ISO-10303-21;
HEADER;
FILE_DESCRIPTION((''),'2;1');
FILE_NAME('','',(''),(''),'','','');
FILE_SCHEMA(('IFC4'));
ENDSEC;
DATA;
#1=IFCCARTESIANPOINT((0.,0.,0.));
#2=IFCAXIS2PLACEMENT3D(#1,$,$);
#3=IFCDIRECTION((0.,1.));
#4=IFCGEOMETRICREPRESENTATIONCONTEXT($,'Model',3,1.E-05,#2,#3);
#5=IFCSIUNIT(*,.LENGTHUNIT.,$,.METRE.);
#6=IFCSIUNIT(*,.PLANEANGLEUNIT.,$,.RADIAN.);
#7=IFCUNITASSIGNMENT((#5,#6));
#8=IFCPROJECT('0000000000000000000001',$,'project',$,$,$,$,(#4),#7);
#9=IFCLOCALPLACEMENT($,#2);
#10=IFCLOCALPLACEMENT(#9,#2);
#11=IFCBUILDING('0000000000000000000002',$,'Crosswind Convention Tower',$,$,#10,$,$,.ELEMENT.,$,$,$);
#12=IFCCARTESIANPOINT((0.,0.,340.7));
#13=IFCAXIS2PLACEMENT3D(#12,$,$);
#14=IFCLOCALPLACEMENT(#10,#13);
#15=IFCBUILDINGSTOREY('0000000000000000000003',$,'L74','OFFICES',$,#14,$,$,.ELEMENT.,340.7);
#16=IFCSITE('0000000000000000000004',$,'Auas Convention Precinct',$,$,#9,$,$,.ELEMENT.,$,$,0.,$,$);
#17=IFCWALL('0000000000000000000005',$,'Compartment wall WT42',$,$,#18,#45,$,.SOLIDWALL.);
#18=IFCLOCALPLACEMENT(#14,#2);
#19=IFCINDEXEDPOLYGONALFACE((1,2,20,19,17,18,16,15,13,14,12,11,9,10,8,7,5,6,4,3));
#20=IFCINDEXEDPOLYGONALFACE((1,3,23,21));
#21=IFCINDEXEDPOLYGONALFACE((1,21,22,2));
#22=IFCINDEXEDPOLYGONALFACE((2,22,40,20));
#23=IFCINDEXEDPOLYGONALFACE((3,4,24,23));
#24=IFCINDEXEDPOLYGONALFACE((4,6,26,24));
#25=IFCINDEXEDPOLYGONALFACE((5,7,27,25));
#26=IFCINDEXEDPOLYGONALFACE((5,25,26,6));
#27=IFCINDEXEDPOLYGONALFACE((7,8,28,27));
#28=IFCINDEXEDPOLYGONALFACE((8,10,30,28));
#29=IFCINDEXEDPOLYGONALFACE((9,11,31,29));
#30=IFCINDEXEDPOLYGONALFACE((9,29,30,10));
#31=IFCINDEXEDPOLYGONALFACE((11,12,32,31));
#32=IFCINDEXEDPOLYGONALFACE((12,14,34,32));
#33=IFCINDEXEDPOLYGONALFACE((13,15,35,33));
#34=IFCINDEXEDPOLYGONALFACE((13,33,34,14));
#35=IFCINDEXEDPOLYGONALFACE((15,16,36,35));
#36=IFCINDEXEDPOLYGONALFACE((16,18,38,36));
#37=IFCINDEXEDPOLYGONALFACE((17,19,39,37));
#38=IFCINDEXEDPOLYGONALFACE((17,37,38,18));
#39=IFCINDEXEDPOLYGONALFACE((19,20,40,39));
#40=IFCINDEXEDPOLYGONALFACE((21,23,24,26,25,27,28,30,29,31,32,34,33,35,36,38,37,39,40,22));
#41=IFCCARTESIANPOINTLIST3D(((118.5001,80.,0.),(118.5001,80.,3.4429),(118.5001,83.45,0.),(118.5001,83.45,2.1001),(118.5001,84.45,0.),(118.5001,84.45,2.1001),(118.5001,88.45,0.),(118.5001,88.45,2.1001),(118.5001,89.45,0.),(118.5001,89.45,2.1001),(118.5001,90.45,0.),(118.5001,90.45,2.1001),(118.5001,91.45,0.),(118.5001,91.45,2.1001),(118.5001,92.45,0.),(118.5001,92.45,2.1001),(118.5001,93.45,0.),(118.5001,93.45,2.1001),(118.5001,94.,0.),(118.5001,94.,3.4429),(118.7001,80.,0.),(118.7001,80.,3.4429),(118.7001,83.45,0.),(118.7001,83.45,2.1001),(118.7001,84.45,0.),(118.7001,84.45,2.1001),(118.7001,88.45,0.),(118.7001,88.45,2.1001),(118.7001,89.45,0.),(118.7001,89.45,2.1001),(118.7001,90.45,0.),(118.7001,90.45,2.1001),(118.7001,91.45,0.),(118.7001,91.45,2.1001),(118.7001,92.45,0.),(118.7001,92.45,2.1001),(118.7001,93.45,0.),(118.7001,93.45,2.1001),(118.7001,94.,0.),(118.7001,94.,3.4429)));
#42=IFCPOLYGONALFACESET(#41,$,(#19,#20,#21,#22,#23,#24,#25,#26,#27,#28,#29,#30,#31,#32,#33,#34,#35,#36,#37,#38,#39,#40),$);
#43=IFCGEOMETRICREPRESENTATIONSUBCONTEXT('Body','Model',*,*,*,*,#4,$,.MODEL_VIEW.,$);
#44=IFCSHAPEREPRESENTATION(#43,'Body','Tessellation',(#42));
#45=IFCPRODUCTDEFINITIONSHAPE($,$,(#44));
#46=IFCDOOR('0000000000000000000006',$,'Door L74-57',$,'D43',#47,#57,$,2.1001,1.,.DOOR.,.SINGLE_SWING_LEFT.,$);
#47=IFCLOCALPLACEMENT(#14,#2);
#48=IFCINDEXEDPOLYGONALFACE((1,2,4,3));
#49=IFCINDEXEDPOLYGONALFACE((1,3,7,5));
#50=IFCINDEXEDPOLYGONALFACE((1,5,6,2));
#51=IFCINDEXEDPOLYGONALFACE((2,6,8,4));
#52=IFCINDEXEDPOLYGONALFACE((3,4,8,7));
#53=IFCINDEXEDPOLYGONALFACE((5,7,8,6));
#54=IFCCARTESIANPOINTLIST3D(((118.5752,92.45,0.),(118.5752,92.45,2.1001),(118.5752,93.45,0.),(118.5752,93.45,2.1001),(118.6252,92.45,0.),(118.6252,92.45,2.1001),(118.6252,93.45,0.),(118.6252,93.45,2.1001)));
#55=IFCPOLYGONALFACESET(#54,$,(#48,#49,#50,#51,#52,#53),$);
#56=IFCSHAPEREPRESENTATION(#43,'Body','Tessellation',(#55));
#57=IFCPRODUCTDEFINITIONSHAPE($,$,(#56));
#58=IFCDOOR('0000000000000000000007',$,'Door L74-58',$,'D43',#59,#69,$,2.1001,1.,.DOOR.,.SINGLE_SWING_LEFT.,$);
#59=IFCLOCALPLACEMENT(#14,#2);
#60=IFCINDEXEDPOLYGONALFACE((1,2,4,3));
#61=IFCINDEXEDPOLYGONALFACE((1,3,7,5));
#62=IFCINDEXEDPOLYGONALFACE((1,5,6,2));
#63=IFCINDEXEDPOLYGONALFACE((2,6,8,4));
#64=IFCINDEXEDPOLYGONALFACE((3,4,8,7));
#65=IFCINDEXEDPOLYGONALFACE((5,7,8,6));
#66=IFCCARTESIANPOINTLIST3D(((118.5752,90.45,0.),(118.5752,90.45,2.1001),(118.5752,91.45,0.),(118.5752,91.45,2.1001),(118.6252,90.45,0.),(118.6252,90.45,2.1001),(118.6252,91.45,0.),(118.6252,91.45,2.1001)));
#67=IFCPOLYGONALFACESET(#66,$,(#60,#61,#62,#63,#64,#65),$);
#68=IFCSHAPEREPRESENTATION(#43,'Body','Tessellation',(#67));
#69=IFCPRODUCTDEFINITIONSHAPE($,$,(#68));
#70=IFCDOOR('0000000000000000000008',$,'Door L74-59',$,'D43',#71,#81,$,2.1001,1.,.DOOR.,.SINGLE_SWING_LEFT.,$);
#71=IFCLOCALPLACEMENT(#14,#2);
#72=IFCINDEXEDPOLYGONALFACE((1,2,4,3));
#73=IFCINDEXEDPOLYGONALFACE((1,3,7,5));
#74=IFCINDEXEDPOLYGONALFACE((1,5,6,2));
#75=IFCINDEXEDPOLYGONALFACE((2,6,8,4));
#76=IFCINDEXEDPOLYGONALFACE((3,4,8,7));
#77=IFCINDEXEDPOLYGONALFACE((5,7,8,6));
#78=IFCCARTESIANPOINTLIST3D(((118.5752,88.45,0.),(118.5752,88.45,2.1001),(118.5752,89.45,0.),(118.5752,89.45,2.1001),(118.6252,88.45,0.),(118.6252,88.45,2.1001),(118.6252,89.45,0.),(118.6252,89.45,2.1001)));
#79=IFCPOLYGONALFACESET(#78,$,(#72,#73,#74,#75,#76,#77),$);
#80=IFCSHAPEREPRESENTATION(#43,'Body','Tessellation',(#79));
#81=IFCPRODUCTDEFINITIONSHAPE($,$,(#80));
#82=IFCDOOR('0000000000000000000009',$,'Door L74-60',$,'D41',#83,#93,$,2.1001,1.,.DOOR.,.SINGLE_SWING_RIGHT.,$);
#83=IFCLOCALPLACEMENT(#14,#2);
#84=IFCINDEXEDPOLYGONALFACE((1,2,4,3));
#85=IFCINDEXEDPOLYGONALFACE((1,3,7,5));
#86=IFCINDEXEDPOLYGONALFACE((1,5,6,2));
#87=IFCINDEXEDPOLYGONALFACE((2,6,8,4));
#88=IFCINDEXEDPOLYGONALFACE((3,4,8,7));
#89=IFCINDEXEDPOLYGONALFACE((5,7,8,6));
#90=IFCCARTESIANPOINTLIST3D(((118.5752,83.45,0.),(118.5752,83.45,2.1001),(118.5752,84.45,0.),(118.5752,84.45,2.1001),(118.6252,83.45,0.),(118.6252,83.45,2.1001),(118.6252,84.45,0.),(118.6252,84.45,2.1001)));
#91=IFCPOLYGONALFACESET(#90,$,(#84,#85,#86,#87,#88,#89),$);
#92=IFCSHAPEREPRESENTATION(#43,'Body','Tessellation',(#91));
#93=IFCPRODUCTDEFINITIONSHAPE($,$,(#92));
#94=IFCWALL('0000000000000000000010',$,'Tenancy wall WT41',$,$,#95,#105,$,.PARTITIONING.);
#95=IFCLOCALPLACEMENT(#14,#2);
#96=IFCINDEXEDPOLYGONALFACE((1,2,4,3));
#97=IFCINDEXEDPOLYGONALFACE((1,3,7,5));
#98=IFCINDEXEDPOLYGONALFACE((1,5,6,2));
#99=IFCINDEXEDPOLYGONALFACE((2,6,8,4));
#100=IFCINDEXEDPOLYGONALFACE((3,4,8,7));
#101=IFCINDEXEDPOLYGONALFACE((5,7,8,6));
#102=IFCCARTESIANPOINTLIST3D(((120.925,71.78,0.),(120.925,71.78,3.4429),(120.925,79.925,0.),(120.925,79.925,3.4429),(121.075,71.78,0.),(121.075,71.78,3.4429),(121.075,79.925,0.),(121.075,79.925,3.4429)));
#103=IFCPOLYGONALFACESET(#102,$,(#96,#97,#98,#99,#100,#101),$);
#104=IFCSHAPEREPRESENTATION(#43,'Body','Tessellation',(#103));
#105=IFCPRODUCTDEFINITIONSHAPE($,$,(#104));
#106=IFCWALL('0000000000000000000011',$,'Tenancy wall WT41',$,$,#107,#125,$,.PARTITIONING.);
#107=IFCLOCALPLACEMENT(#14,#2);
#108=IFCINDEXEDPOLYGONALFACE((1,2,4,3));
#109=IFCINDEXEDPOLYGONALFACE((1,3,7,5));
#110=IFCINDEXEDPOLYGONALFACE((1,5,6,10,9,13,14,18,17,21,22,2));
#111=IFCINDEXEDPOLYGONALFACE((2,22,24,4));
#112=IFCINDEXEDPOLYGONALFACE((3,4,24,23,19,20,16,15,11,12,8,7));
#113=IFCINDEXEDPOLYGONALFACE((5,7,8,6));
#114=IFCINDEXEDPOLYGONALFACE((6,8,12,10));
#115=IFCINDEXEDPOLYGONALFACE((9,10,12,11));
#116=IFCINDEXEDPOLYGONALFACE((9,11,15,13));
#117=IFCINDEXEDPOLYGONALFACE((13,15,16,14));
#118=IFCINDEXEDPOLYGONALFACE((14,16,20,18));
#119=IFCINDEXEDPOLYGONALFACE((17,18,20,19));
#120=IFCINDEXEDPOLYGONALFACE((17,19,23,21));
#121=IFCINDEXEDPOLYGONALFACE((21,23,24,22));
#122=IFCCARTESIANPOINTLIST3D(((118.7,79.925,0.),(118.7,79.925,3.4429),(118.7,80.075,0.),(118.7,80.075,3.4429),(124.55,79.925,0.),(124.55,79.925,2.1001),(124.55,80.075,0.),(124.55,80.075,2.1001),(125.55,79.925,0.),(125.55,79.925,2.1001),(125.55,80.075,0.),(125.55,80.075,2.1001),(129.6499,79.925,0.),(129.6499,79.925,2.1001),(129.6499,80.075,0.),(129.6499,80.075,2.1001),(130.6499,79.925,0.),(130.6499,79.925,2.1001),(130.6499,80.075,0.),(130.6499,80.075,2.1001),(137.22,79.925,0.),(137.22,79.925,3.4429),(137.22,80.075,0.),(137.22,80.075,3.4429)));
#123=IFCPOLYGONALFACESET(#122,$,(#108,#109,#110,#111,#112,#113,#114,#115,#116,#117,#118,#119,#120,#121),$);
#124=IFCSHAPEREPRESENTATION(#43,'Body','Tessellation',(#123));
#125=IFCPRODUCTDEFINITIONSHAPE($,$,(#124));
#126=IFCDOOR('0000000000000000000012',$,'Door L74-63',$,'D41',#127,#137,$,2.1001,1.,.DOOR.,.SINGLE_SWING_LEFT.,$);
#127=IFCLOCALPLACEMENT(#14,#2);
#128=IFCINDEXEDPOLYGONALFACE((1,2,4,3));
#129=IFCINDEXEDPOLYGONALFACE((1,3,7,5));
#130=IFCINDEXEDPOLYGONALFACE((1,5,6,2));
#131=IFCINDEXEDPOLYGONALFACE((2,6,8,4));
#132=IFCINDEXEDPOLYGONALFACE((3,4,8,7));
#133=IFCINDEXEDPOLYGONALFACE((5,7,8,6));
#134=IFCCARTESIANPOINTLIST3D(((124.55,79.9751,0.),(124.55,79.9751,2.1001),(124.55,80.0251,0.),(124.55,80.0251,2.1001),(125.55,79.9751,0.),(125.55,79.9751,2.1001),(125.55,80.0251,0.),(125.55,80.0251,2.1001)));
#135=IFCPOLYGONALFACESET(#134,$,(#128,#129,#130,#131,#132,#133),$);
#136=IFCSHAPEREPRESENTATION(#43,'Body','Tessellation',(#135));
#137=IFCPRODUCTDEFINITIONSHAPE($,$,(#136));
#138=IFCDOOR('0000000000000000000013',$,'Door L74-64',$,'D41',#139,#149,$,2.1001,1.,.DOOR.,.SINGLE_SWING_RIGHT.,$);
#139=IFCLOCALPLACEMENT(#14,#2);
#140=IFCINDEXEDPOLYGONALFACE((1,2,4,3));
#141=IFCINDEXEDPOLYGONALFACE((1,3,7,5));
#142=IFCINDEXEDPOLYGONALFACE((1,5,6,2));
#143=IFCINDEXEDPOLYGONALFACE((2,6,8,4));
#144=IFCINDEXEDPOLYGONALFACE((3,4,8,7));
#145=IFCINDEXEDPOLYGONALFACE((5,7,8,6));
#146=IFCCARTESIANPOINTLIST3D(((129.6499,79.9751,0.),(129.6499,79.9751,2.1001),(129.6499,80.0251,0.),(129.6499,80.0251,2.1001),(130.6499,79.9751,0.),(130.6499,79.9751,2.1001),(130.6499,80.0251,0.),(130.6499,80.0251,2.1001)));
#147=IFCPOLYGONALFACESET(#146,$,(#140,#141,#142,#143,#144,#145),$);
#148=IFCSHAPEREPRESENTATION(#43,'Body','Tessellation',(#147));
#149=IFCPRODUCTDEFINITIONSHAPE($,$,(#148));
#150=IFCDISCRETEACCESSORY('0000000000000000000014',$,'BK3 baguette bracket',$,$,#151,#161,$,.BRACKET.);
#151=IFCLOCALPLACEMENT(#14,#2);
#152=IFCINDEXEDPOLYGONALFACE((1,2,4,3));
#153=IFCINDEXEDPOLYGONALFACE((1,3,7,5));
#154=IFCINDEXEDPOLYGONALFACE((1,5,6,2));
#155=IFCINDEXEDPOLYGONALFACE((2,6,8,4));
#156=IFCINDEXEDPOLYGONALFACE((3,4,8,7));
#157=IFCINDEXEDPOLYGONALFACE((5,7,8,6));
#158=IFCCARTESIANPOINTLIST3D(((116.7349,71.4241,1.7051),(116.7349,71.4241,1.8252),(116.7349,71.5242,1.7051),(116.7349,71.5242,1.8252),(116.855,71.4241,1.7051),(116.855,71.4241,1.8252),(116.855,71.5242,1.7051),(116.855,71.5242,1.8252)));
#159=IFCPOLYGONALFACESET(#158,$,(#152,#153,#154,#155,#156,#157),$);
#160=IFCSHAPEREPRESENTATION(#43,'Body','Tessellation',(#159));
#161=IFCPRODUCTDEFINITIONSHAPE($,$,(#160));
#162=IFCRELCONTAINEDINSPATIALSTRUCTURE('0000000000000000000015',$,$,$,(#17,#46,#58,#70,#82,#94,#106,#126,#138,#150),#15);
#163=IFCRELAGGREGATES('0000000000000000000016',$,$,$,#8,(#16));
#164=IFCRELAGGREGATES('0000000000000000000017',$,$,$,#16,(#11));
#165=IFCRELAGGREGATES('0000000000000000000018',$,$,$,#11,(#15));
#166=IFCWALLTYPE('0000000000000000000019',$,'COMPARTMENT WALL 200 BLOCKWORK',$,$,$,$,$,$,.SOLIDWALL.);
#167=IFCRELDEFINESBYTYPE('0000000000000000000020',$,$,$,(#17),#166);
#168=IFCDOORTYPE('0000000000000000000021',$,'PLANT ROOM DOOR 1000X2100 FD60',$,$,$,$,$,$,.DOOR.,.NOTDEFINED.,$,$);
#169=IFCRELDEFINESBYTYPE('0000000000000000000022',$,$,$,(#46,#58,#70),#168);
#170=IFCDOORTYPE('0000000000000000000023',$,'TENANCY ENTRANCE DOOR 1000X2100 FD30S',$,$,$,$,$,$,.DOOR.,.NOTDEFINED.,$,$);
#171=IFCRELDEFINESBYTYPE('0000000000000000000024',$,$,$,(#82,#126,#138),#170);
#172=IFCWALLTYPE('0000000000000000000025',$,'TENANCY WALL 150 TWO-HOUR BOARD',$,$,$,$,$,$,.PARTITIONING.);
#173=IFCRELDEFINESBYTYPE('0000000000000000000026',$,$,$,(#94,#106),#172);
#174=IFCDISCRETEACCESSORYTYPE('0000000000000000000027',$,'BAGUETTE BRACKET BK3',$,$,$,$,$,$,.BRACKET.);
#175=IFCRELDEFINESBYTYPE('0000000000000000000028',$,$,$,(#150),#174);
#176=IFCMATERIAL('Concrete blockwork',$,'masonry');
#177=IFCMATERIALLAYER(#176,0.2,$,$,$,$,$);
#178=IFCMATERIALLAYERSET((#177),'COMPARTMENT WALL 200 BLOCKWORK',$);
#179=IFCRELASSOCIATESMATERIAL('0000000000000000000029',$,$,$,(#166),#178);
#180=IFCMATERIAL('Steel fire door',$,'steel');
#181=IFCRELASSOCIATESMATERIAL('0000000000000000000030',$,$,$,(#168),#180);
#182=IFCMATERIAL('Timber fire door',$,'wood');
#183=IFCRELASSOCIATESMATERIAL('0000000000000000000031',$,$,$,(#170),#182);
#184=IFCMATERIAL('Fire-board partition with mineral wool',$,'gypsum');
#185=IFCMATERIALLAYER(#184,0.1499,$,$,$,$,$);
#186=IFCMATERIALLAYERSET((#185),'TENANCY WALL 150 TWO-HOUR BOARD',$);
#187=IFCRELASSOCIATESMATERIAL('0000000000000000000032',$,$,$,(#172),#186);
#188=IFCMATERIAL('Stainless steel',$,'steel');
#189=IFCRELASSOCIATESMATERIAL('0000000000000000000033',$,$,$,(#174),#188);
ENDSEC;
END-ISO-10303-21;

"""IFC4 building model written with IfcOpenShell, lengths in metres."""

from ifc_helpers import new_model, si_unit, direction, frame, frame_2d, origin, origin_2d, place, context, subcontext, project, spatial, rectangle, extrude, material, layer, layer_set, type_object, element, fill, save


model = new_model("IFC4")

# Units and contexts
model_context = context("Model", 3, precision=1e-05, world=origin(), true_north=direction((0.0, 1.0)))
body_context = subcontext(model_context, "Body", "Model", "MODEL_VIEW")
ifc_project = project(units=[si_unit("LENGTHUNIT", "METRE"), si_unit("PLANEANGLEUNIT", "RADIAN")], contexts=[model_context])

# Site, building, storey
site_placement = place(None, origin())
site = spatial("IfcSite", under=ifc_project, at=site_placement, Name="Auas Convention Precinct", CompositionType="ELEMENT", RefElevation=0.0)
building_placement = place(site_placement, origin())
building = spatial("IfcBuilding", under=site, at=building_placement, Name="Crosswind Convention Tower", CompositionType="ELEMENT")
storey_placement = place(building_placement, frame((0.0, 0.0, 340.7)))
storey = spatial("IfcBuildingStorey", under=building, at=storey_placement, Name="L74", Description="OFFICES", CompositionType="ELEMENT", Elevation=340.7)

# Wall, openings, doors
ifc_material_1 = material(Name="Concrete blockwork", Category="masonry")
ifc_layer_1 = layer(ifc_material_1, 0.2)
ifc_layer_set_1 = layer_set([ifc_layer_1], Name="COMPARTMENT WALL 200 BLOCKWORK")
wall_type_1 = type_object("IfcWallType", Name="COMPARTMENT WALL 200 BLOCKWORK", PredefinedType="SOLIDWALL", material=ifc_layer_set_1)
wall_1_placement = place(storey_placement, frame((118.6001, 80.0, 0.0), z_axis=(0.0, 0.0, 1.0), x_axis=(0.0, 1.0, 0.0)))
wall_1 = element("IfcWall", 1, at=wall_1_placement, inside=storey, type_object=wall_type_1, Name="Compartment wall WT42", PredefinedType="SOLIDWALL", context=body_context, shape_type="SweptSolid", body=[
    extrude(rectangle(XDim=14.0, YDim=0.2, at=frame_2d((7.0, 0.0))), origin(), (0.0, 0.0, 1.0), 3.4429),
])
opening_1_placement = place(wall_1_placement, frame((12.45, 0.0, 0.0)))
opening_1 = element("IfcOpeningElement", 2, at=opening_1_placement, cuts=wall_1, PredefinedType="OPENING", context=body_context, shape_type="SweptSolid", body=[
    extrude(rectangle(XDim=1.0, YDim=2.1001, at=frame_2d((0.5, 1.05))), frame((0.0, 0.1099, 0.0), z_axis=(0.0, -1.0, 0.0), x_axis=(1.0, 0.0, 0.0)), (0.0, 0.0, 1.0), 0.22),
])
opening_2_placement = place(wall_1_placement, frame((10.45, 0.0, 0.0)))
opening_2 = element("IfcOpeningElement", 3, at=opening_2_placement, cuts=wall_1, PredefinedType="OPENING", context=body_context, shape_type="SweptSolid", body=[
    extrude(rectangle(XDim=1.0, YDim=2.1001, at=frame_2d((0.5, 1.05))), frame((0.0, 0.1099, 0.0), z_axis=(0.0, -1.0, 0.0), x_axis=(1.0, 0.0, 0.0)), (0.0, 0.0, 1.0), 0.22),
])
opening_3_placement = place(wall_1_placement, frame((8.45, 0.0, 0.0)))
opening_3 = element("IfcOpeningElement", 4, at=opening_3_placement, cuts=wall_1, PredefinedType="OPENING", context=body_context, shape_type="SweptSolid", body=[
    extrude(rectangle(XDim=1.0, YDim=2.1001, at=frame_2d((0.5, 1.05))), frame((0.0, 0.1099, 0.0), z_axis=(0.0, -1.0, 0.0), x_axis=(1.0, 0.0, 0.0)), (0.0, 0.0, 1.0), 0.22),
])
opening_4_placement = place(wall_1_placement, frame((3.45, 0.0, 0.0)))
opening_4 = element("IfcOpeningElement", 5, at=opening_4_placement, cuts=wall_1, PredefinedType="OPENING", context=body_context, shape_type="SweptSolid", body=[
    extrude(rectangle(XDim=1.0, YDim=2.1001, at=frame_2d((0.5, 1.05))), frame((0.0, 0.1099, 0.0), z_axis=(0.0, -1.0, 0.0), x_axis=(1.0, 0.0, 0.0)), (0.0, 0.0, 1.0), 0.22),
])
ifc_material_2 = material(Name="Steel fire door", Category="steel")
door_type_1 = type_object("IfcDoorType", Name="PLANT ROOM DOOR 1000X2100 FD60", OperationType="NOTDEFINED", PredefinedType="DOOR", material=ifc_material_2)
door_1_placement = place(opening_1_placement, origin())
door_1 = element("IfcDoor", 6, at=door_1_placement, inside=storey, type_object=door_type_1, Name="Door L74-57", ObjectType="D43", OperationType="SINGLE_SWING_LEFT", OverallHeight=2.1001, OverallWidth=1.0, PredefinedType="DOOR", context=body_context, shape_type="SweptSolid", body=[
    extrude(rectangle(XDim=1.0, YDim=2.1001, at=frame_2d((0.5, 1.05))), frame((0.0, 0.0249, 0.0), z_axis=(0.0, -1.0, 0.0), x_axis=(1.0, 0.0, 0.0)), (0.0, 0.0, 1.0), 0.05),
])
fill(opening_1, door_1)
door_2_placement = place(opening_2_placement, origin())
door_2 = element("IfcDoor", 7, at=door_2_placement, inside=storey, type_object=door_type_1, Name="Door L74-58", ObjectType="D43", OperationType="SINGLE_SWING_LEFT", OverallHeight=2.1001, OverallWidth=1.0, PredefinedType="DOOR", context=body_context, shape_type="SweptSolid", body=[
    extrude(rectangle(XDim=1.0, YDim=2.1001, at=frame_2d((0.5, 1.05))), frame((0.0, 0.0249, 0.0), z_axis=(0.0, -1.0, 0.0), x_axis=(1.0, 0.0, 0.0)), (0.0, 0.0, 1.0), 0.05),
])
fill(opening_2, door_2)
door_3_placement = place(opening_3_placement, origin())
door_3 = element("IfcDoor", 8, at=door_3_placement, inside=storey, type_object=door_type_1, Name="Door L74-59", ObjectType="D43", OperationType="SINGLE_SWING_LEFT", OverallHeight=2.1001, OverallWidth=1.0, PredefinedType="DOOR", context=body_context, shape_type="SweptSolid", body=[
    extrude(rectangle(XDim=1.0, YDim=2.1001, at=frame_2d((0.5, 1.05))), frame((0.0, 0.0249, 0.0), z_axis=(0.0, -1.0, 0.0), x_axis=(1.0, 0.0, 0.0)), (0.0, 0.0, 1.0), 0.05),
])
fill(opening_3, door_3)
ifc_material_3 = material(Name="Timber fire door", Category="wood")
door_type_2 = type_object("IfcDoorType", Name="TENANCY ENTRANCE DOOR 1000X2100 FD30S", OperationType="NOTDEFINED", PredefinedType="DOOR", material=ifc_material_3)
door_4_placement = place(opening_4_placement, origin())
door_4 = element("IfcDoor", 9, at=door_4_placement, inside=storey, type_object=door_type_2, Name="Door L74-60", ObjectType="D41", OperationType="SINGLE_SWING_RIGHT", OverallHeight=2.1001, OverallWidth=1.0, PredefinedType="DOOR", context=body_context, shape_type="SweptSolid", body=[
    extrude(rectangle(XDim=1.0, YDim=2.1001, at=frame_2d((0.5, 1.05))), frame((0.0, 0.0249, 0.0), z_axis=(0.0, -1.0, 0.0), x_axis=(1.0, 0.0, 0.0)), (0.0, 0.0, 1.0), 0.05),
])
fill(opening_4, door_4)

# Wall
ifc_material_4 = material(Name="Fire-board partition with mineral wool", Category="gypsum")
ifc_layer_2 = layer(ifc_material_4, 0.1499)
ifc_layer_set_2 = layer_set([ifc_layer_2], Name="TENANCY WALL 150 TWO-HOUR BOARD")
wall_type_2 = type_object("IfcWallType", Name="TENANCY WALL 150 TWO-HOUR BOARD", PredefinedType="PARTITIONING", material=ifc_layer_set_2)
wall_2_placement = place(storey_placement, frame((121.0, 71.78, 0.0), z_axis=(0.0, 0.0, 1.0), x_axis=(0.0, 1.0, 0.0)))
element("IfcWall", 10, at=wall_2_placement, inside=storey, type_object=wall_type_2, Name="Tenancy wall WT41", PredefinedType="PARTITIONING", context=body_context, shape_type="SweptSolid", body=[
    extrude(rectangle(XDim=8.145, YDim=0.1499, at=frame_2d((4.0725, 0.0))), origin(), (0.0, 0.0, 1.0), 3.4429),
])

# Wall, openings, doors
wall_3_placement = place(storey_placement, frame((118.7, 80.0, 0.0), z_axis=(0.0, 0.0, 1.0), x_axis=(1.0, 0.0, 0.0)))
wall_3 = element("IfcWall", 11, at=wall_3_placement, inside=storey, type_object=wall_type_2, Name="Tenancy wall WT41", PredefinedType="PARTITIONING", context=body_context, shape_type="SweptSolid", body=[
    extrude(rectangle(XDim=18.52, YDim=0.1499, at=frame_2d((9.26, 0.0))), origin(), (0.0, 0.0, 1.0), 3.4429),
])
opening_5_placement = place(wall_3_placement, frame((5.8501, 0.0, 0.0)))
opening_5 = element("IfcOpeningElement", 12, at=opening_5_placement, cuts=wall_3, PredefinedType="OPENING", context=body_context, shape_type="SweptSolid", body=[
    extrude(rectangle(XDim=1.0, YDim=2.1001, at=frame_2d((0.5, 1.05))), frame((0.0, 0.085, 0.0), z_axis=(0.0, -1.0, 0.0), x_axis=(1.0, 0.0, 0.0)), (0.0, 0.0, 1.0), 0.1699),
])
opening_6_placement = place(wall_3_placement, frame((10.95, 0.0, 0.0)))
opening_6 = element("IfcOpeningElement", 13, at=opening_6_placement, cuts=wall_3, PredefinedType="OPENING", context=body_context, shape_type="SweptSolid", body=[
    extrude(rectangle(XDim=1.0, YDim=2.1001, at=frame_2d((0.5, 1.05))), frame((0.0, 0.085, 0.0), z_axis=(0.0, -1.0, 0.0), x_axis=(1.0, 0.0, 0.0)), (0.0, 0.0, 1.0), 0.1699),
])
door_5_placement = place(opening_5_placement, frame((1.0, 0.0, 0.0), z_axis=(0.0, 0.0, 1.0), x_axis=(-1.0, 0.0, 0.0)))
door_5 = element("IfcDoor", 14, at=door_5_placement, inside=storey, type_object=door_type_2, Name="Door L74-63", ObjectType="D41", OperationType="SINGLE_SWING_LEFT", OverallHeight=2.1001, OverallWidth=1.0, PredefinedType="DOOR", context=body_context, shape_type="SweptSolid", body=[
    extrude(rectangle(XDim=1.0, YDim=2.1001, at=frame_2d((0.5, 1.05))), frame((0.0, 0.0249, 0.0), z_axis=(0.0, -1.0, 0.0), x_axis=(1.0, 0.0, 0.0)), (0.0, 0.0, 1.0), 0.05),
])
fill(opening_5, door_5)
door_6_placement = place(opening_6_placement, frame((1.0, 0.0, 0.0), z_axis=(0.0, 0.0, 1.0), x_axis=(-1.0, 0.0, 0.0)))
door_6 = element("IfcDoor", 15, at=door_6_placement, inside=storey, type_object=door_type_2, Name="Door L74-64", ObjectType="D41", OperationType="SINGLE_SWING_RIGHT", OverallHeight=2.1001, OverallWidth=1.0, PredefinedType="DOOR", context=body_context, shape_type="SweptSolid", body=[
    extrude(rectangle(XDim=1.0, YDim=2.1001, at=frame_2d((0.5, 1.05))), frame((0.0, 0.0249, 0.0), z_axis=(0.0, -1.0, 0.0), x_axis=(1.0, 0.0, 0.0)), (0.0, 0.0, 1.0), 0.05),
])
fill(opening_6, door_6)

# Discrete accessory
ifc_material_5 = material(Name="Stainless steel", Category="steel")
discrete_accessory_type = type_object("IfcDiscreteAccessoryType", Name="BAGUETTE BRACKET BK3", PredefinedType="BRACKET", material=ifc_material_5)
discrete_accessory_placement = place(storey_placement, frame((116.7949, 71.4741, 1.7051), z_axis=(0.0, 0.0, 1.0), x_axis=(1.0, 0.0, 0.0)))
element("IfcDiscreteAccessory", 16, at=discrete_accessory_placement, inside=storey, type_object=discrete_accessory_type, Name="BK3 baguette bracket", PredefinedType="BRACKET", context=body_context, shape_type="SweptSolid", body=[
    extrude(rectangle(XDim=0.1201, YDim=0.1001, at=origin_2d()), origin(), (0.0, 0.0, 1.0), 0.1201),
])

save(model, "model.ifc")
